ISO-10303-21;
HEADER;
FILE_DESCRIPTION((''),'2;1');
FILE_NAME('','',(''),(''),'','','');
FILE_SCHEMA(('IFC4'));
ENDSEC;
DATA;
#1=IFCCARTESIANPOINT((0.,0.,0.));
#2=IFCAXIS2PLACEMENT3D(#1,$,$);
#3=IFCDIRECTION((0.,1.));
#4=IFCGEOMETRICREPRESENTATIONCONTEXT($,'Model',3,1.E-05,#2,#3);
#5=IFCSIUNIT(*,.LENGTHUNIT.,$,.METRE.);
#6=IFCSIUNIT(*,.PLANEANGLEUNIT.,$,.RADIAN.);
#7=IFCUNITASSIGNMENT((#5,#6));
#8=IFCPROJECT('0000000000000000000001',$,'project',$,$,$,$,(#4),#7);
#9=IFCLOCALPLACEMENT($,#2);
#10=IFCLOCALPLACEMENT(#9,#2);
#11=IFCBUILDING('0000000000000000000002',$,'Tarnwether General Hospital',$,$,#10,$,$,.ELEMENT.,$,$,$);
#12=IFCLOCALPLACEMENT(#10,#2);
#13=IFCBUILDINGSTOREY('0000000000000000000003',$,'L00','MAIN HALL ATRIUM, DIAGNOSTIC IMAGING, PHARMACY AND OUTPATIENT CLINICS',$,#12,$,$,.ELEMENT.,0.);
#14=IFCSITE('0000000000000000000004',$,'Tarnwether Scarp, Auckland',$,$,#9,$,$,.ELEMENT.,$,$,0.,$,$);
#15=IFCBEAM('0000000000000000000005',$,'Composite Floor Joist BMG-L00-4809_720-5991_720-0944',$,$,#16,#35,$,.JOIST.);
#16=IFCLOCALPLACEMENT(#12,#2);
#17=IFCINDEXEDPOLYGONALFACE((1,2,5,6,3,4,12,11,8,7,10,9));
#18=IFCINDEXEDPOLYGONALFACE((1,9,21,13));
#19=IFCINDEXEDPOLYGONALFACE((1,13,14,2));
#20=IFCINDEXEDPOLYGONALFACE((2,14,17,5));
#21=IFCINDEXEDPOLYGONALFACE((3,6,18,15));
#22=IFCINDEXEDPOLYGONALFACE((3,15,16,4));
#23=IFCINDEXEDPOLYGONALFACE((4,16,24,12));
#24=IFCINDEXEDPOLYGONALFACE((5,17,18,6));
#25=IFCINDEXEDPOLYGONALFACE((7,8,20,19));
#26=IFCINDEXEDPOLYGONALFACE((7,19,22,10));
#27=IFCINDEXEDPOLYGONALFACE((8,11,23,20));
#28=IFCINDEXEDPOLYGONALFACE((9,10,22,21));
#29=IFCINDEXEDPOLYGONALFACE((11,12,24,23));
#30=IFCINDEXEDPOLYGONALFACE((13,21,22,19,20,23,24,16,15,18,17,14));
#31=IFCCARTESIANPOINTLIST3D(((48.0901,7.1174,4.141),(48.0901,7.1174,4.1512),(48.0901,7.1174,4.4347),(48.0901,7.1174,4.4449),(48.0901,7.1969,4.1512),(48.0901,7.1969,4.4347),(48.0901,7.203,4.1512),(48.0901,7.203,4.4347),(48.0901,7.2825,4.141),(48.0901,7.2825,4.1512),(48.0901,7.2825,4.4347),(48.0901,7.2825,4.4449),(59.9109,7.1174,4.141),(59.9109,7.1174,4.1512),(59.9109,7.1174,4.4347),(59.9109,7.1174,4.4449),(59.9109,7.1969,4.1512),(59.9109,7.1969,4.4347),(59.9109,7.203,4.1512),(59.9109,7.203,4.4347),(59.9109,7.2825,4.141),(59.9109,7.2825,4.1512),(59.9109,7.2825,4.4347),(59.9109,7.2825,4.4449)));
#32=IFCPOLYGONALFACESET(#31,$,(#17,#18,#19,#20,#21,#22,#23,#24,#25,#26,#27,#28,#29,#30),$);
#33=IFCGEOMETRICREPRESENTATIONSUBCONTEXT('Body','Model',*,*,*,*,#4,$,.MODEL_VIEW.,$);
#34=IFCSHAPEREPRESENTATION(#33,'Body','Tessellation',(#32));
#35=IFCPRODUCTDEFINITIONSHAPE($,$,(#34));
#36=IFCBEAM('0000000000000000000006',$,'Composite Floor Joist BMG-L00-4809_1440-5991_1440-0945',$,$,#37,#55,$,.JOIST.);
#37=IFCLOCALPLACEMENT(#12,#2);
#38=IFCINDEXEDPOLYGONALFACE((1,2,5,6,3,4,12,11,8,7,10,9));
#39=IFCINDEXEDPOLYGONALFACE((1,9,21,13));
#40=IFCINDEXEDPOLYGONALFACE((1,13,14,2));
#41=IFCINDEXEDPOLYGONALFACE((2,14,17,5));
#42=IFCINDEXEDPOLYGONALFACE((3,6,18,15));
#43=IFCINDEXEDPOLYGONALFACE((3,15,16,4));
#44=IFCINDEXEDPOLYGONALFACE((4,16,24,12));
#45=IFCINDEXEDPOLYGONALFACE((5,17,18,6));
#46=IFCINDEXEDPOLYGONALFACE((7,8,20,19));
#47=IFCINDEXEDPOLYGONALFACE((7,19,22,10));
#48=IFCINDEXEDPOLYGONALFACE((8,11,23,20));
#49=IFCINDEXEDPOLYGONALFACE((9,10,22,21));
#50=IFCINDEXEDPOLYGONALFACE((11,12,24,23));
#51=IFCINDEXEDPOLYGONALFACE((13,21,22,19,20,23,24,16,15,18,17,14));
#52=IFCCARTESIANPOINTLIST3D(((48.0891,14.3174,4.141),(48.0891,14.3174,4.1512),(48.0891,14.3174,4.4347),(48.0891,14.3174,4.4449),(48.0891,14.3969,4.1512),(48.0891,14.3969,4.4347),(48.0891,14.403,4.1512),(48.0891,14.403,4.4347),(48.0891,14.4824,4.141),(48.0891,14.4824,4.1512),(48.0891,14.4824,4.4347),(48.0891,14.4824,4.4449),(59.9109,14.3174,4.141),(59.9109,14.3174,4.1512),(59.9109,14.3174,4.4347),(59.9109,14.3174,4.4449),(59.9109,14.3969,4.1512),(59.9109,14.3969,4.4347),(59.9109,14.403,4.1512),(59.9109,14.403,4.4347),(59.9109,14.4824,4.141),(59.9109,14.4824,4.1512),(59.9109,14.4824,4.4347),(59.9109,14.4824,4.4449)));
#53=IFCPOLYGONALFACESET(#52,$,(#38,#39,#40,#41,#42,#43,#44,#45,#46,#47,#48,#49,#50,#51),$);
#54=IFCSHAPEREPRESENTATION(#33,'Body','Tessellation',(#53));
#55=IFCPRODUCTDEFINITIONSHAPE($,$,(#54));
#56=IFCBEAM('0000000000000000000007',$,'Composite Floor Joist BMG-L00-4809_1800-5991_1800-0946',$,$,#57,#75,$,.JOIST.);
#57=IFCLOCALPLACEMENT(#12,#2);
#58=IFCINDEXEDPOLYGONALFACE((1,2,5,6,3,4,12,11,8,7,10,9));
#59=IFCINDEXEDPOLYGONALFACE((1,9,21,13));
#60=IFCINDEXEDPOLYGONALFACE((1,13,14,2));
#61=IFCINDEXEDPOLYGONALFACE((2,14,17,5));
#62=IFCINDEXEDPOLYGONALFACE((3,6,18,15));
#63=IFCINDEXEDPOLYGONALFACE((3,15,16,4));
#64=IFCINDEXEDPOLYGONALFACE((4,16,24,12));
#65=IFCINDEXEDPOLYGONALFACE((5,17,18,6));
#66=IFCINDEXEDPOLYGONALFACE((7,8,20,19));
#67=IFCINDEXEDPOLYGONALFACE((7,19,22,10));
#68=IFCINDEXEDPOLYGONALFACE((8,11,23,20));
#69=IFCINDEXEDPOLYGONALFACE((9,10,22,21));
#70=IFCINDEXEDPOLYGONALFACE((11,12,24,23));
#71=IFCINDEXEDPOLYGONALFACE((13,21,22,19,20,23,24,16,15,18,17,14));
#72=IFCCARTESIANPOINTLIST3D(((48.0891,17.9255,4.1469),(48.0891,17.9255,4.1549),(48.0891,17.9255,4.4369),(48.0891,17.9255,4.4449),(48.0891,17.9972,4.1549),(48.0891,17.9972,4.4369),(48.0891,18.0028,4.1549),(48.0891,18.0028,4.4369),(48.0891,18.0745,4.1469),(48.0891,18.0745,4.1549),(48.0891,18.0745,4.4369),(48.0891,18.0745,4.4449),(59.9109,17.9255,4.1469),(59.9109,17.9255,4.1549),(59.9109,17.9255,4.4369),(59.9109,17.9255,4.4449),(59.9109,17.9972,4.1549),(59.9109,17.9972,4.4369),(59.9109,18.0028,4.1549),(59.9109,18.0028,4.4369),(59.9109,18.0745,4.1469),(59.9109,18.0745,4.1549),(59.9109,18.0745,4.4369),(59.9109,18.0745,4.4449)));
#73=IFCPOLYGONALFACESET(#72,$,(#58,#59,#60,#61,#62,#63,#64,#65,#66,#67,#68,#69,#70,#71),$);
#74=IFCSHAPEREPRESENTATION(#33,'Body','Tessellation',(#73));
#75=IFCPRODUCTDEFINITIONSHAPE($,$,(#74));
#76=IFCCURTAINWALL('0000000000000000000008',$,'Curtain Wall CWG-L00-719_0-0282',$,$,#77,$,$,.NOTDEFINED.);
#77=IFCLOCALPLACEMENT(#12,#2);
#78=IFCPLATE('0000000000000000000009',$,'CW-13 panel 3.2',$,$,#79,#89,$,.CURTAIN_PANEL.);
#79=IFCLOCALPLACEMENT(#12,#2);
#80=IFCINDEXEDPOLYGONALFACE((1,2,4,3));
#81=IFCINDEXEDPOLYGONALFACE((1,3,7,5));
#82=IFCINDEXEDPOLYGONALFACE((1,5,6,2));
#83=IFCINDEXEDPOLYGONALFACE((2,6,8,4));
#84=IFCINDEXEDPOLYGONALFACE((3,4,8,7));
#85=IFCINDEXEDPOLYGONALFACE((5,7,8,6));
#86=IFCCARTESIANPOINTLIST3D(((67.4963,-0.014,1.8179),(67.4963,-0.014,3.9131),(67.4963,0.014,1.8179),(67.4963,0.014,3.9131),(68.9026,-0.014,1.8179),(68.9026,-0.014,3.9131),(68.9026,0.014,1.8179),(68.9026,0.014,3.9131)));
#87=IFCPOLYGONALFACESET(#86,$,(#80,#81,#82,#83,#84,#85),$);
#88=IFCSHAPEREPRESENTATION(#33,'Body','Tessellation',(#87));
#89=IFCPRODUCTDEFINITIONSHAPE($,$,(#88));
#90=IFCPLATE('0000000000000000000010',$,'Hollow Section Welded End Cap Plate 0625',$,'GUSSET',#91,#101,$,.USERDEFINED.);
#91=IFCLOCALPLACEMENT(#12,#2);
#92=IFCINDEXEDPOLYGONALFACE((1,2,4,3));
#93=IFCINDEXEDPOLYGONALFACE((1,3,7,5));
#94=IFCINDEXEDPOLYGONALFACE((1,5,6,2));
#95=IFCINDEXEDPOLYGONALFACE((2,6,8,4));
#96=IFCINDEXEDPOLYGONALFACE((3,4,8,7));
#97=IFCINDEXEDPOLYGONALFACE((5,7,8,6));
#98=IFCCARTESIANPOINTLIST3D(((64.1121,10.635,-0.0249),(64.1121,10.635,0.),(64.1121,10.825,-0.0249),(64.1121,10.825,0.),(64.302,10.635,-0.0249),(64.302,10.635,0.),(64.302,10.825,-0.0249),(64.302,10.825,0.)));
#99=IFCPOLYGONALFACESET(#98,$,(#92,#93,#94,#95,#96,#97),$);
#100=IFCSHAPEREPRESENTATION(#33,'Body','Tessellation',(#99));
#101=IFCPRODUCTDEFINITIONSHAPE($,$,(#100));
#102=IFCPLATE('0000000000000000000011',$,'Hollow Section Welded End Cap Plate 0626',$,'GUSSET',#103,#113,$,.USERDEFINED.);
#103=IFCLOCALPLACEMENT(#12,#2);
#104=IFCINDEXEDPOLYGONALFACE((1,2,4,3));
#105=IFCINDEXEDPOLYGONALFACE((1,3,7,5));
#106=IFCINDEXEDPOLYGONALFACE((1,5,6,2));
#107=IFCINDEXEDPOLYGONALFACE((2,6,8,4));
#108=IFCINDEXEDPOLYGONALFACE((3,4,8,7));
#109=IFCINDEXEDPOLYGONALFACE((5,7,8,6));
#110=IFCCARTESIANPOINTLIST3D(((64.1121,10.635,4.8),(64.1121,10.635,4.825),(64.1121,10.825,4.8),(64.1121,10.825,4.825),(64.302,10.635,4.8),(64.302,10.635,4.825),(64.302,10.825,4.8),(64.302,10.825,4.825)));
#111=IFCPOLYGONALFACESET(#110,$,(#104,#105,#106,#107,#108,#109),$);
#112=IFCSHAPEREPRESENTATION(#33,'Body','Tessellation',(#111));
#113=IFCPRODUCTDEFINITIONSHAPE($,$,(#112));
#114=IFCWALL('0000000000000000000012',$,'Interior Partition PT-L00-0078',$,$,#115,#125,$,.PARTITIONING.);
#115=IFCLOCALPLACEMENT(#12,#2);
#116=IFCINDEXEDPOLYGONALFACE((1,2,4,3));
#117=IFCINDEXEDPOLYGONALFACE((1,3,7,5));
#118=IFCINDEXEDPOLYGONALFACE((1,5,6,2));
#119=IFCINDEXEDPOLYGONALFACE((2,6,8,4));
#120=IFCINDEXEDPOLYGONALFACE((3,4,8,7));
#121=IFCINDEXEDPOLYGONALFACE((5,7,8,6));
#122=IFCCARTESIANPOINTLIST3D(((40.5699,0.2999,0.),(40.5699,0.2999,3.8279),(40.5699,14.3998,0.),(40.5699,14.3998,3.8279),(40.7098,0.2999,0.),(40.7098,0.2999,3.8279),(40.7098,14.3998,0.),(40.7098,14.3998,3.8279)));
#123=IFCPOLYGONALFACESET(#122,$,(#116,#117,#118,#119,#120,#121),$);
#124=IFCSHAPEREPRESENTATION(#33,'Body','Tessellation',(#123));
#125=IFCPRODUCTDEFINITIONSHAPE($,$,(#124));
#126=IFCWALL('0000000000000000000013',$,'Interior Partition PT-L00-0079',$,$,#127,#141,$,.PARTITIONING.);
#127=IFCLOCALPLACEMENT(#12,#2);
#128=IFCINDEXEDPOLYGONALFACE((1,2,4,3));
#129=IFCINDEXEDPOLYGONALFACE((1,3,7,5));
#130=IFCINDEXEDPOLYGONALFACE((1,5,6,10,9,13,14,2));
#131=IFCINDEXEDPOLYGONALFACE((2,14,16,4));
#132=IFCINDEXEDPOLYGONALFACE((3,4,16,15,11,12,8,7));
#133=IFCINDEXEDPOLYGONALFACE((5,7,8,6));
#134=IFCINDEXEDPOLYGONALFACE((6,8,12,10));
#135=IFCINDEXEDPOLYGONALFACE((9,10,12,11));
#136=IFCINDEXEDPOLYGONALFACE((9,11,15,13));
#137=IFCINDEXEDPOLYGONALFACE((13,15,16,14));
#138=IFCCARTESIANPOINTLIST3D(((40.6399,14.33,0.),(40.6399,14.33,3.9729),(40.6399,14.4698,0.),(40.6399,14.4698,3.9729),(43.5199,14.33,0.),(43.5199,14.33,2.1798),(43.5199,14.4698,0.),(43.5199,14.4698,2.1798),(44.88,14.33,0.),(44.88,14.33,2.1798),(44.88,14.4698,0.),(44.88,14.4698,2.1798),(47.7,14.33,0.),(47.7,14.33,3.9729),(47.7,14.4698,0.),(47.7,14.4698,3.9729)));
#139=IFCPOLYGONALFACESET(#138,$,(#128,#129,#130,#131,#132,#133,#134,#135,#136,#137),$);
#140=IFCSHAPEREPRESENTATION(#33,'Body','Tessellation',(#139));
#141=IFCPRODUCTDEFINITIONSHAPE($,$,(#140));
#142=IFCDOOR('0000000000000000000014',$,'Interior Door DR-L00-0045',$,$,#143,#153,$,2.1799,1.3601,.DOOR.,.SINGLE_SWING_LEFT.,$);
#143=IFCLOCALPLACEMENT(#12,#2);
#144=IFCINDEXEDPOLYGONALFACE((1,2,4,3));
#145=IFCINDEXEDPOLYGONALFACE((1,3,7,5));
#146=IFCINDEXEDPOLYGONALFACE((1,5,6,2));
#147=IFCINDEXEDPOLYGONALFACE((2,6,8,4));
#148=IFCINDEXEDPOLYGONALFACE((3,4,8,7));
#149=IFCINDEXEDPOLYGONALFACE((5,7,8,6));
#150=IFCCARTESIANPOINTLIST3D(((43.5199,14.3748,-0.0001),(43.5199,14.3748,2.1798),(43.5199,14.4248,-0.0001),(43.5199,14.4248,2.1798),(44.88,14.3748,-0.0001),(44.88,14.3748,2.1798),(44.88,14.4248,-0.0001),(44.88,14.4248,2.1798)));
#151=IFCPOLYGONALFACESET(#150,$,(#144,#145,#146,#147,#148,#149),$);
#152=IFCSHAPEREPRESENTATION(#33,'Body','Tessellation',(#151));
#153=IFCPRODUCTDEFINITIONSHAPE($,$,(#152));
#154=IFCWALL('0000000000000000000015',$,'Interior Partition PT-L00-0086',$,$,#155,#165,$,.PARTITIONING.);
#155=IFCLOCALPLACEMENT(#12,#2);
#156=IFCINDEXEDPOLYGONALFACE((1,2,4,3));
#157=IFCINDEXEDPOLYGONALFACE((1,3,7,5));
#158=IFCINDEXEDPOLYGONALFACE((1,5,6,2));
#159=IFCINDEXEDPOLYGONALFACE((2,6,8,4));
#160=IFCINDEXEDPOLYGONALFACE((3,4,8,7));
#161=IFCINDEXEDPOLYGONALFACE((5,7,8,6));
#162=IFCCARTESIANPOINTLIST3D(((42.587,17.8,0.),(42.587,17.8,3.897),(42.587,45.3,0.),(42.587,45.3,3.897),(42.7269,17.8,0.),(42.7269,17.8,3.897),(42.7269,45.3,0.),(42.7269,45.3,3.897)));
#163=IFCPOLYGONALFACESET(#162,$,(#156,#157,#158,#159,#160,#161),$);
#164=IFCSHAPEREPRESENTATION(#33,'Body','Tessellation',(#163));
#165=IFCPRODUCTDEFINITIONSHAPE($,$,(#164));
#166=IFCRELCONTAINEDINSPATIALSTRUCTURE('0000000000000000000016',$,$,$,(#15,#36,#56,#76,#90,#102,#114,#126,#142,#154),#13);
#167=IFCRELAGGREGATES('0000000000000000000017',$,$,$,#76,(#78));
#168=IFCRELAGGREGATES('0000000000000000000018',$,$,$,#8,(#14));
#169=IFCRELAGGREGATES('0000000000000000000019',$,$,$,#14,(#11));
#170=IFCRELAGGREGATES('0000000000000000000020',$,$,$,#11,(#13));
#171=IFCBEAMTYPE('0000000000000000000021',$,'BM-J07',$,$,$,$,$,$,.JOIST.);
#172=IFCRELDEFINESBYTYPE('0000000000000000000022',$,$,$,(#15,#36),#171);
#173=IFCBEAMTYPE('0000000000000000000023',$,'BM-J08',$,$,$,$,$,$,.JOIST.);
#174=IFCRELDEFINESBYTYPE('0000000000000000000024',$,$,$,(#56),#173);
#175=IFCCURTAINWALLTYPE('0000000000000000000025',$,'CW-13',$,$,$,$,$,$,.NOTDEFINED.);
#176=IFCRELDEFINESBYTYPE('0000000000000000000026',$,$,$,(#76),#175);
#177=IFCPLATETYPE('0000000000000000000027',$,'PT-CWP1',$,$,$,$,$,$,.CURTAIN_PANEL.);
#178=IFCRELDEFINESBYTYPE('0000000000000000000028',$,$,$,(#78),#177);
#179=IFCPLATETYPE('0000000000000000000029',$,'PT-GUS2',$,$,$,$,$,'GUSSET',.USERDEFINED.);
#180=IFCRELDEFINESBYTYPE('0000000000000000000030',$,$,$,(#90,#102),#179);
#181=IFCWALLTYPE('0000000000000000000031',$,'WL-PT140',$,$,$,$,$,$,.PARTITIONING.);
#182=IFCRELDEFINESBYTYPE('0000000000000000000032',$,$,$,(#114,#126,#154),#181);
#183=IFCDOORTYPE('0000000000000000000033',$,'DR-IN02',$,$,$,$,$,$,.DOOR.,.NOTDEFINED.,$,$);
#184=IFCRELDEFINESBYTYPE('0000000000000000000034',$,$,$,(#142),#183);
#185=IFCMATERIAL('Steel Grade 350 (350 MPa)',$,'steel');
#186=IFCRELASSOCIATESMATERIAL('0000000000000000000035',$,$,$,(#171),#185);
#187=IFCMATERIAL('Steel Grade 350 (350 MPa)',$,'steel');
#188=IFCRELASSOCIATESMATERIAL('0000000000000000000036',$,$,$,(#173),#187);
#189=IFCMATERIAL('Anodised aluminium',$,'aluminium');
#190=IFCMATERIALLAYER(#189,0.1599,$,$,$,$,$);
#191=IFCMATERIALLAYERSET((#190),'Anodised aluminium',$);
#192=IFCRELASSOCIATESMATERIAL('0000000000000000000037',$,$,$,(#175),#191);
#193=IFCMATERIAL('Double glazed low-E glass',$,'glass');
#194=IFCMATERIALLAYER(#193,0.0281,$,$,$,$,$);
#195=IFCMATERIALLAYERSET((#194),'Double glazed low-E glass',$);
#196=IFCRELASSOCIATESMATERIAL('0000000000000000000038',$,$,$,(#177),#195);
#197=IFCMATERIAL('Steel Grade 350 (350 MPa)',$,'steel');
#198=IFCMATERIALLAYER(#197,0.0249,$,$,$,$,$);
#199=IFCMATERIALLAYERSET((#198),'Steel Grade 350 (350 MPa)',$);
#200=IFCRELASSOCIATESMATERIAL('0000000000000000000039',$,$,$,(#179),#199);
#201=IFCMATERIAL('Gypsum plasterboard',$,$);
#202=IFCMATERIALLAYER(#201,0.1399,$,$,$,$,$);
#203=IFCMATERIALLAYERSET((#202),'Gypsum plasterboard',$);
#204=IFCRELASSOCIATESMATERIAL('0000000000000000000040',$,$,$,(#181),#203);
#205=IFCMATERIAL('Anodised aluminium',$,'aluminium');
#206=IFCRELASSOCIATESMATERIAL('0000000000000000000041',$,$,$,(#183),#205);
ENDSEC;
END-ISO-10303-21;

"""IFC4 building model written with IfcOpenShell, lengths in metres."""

from ifc_helpers import new_model, si_unit, direction, frame, frame_2d, origin, origin_2d, place, context, subcontext, project, spatial, rectangle, i_section, extrude, material, layer, layer_set, material_profile, profile_set, type_object, element, fill, aggregate, save


model = new_model("IFC4")

# Units and contexts
model_context = context("Model", 3, precision=1e-05, world=origin(), true_north=direction((0.0, 1.0)))
body_context = subcontext(model_context, "Body", "Model", "MODEL_VIEW")
ifc_project = project(units=[si_unit("LENGTHUNIT", "METRE"), si_unit("PLANEANGLEUNIT", "RADIAN")], contexts=[model_context])

# Site, building, storey
site_placement = place(None, origin())
site = spatial("IfcSite", under=ifc_project, at=site_placement, Name="Tarnwether Scarp, Auckland", CompositionType="ELEMENT", RefElevation=0.0)
building_placement = place(site_placement, origin())
building = spatial("IfcBuilding", under=site, at=building_placement, Name="Tarnwether General Hospital", CompositionType="ELEMENT")
storey_placement = place(building_placement, origin())
storey = spatial("IfcBuildingStorey", under=building, at=storey_placement, Name="L00", Description="MAIN HALL ATRIUM, DIAGNOSTIC IMAGING, PHARMACY AND OUTPATIENT CLINICS", CompositionType="ELEMENT", Elevation=0.0)

# Beams
ifc_material_1 = material(Name="Steel Grade 350 (350 MPa)", Category="steel")
ifc_material_profile_1 = material_profile(ifc_material_1, i_section(OverallWidth=0.165, OverallDepth=0.304, WebThickness=0.0061, FlangeThickness=0.0103, at=origin_2d()), Name="310UB40.4")
ifc_profile_set_1 = profile_set([ifc_material_profile_1], Name="Steel Grade 350 (350 MPa)")
beam_type_1 = type_object("IfcBeamType", Name="BM-J07", PredefinedType="JOIST", material=ifc_profile_set_1)
beam_1_placement = place(storey_placement, frame((48.0901, 7.2, 4.293), z_axis=(1.0, 0.0, 0.0), x_axis=(0.0, 1.0, 0.0)))
element("IfcBeam", 1, at=beam_1_placement, inside=storey, type_object=beam_type_1, Name="Composite Floor Joist BMG-L00-4809_720-5991_720-0944", PredefinedType="JOIST", context=body_context, shape_type="SweptSolid", body=[
    extrude(i_section(OverallWidth=0.165, OverallDepth=0.304, WebThickness=0.0061, FlangeThickness=0.0103, at=origin_2d()), origin(), (0.0, 0.0, 1.0), 11.8208),
])
beam_2_placement = place(storey_placement, frame((48.0891, 14.3999, 4.293), z_axis=(1.0, 0.0, 0.0), x_axis=(0.0, 1.0, 0.0)))
element("IfcBeam", 2, at=beam_2_placement, inside=storey, type_object=beam_type_1, Name="Composite Floor Joist BMG-L00-4809_1440-5991_1440-0945", PredefinedType="JOIST", context=body_context, shape_type="SweptSolid", body=[
    extrude(i_section(OverallWidth=0.165, OverallDepth=0.304, WebThickness=0.0061, FlangeThickness=0.0103, at=origin_2d()), origin(), (0.0, 0.0, 1.0), 11.8218),
])
ifc_material_2 = material(Name="Steel Grade 350 (350 MPa)", Category="steel")
ifc_material_profile_2 = material_profile(ifc_material_2, i_section(OverallWidth=0.1489, OverallDepth=0.2981, WebThickness=0.0056, FlangeThickness=0.0081, at=origin_2d()), Name="310UB32.0")
ifc_profile_set_2 = profile_set([ifc_material_profile_2], Name="Steel Grade 350 (350 MPa)")
beam_type_2 = type_object("IfcBeamType", Name="BM-J08", PredefinedType="JOIST", material=ifc_profile_set_2)
beam_3_placement = place(storey_placement, frame((48.0891, 18.0, 4.2959), z_axis=(1.0, 0.0, 0.0), x_axis=(0.0, 1.0, 0.0)))
element("IfcBeam", 3, at=beam_3_placement, inside=storey, type_object=beam_type_2, Name="Composite Floor Joist BMG-L00-4809_1800-5991_1800-0946", PredefinedType="JOIST", context=body_context, shape_type="SweptSolid", body=[
    extrude(i_section(OverallWidth=0.1489, OverallDepth=0.2981, WebThickness=0.0056, FlangeThickness=0.0081, at=origin_2d()), origin(), (0.0, 0.0, 1.0), 11.8218),
])

# Curtain wall, plate
ifc_material_3 = material(Name="Anodised aluminium", Category="aluminium")
ifc_layer_1 = layer(ifc_material_3, 0.1599)
ifc_layer_set_1 = layer_set([ifc_layer_1], Name="Anodised aluminium")
curtain_wall_type = type_object("IfcCurtainWallType", Name="CW-13", PredefinedType="NOTDEFINED", material=ifc_layer_set_1)
curtain_wall_placement = place(storey_placement, origin())
curtain_wall = element("IfcCurtainWall", 4, at=curtain_wall_placement, inside=storey, type_object=curtain_wall_type, Name="Curtain Wall CWG-L00-719_0-0282", PredefinedType="NOTDEFINED")
ifc_material_4 = material(Name="Double glazed low-E glass", Category="glass")
ifc_layer_2 = layer(ifc_material_4, 0.0281)
ifc_layer_set_2 = layer_set([ifc_layer_2], Name="Double glazed low-E glass")
plate_type_1 = type_object("IfcPlateType", Name="PT-CWP1", PredefinedType="CURTAIN_PANEL", material=ifc_layer_set_2)
plate_placement = place(storey_placement, frame((68.1995, 0.0, 1.8179), z_axis=(0.0, 0.0, 1.0), x_axis=(-1.0, 0.0, 0.0)))
plate = element("IfcPlate", 5, at=plate_placement, type_object=plate_type_1, Name="CW-13 panel 3.2", PredefinedType="CURTAIN_PANEL", context=body_context, shape_type="SweptSolid", body=[
    extrude(rectangle(XDim=1.4062, YDim=0.0281, at=origin_2d()), origin(), (0.0, 0.0, 1.0), 2.0952),
])
aggregate(curtain_wall, [plate])

# Plates
ifc_material_5 = material(Name="Steel Grade 350 (350 MPa)", Category="steel")
ifc_layer_3 = layer(ifc_material_5, 0.0249)
ifc_layer_set_3 = layer_set([ifc_layer_3], Name="Steel Grade 350 (350 MPa)")
plate_type_2 = type_object("IfcPlateType", Name="PT-GUS2", ElementType="GUSSET", PredefinedType="USERDEFINED", material=ifc_layer_set_3)
for number, where, z_axis, x_axis, name in (
    (6, (64.207, 10.73, -0.0249), (0.0, 0.0, 1.0), (1.0, 0.0, 0.0), "Hollow Section Welded End Cap Plate 0625"),
    (7, (64.207, 10.73, 4.8), (0.0, 0.0, 1.0), (1.0, 0.0, 0.0), "Hollow Section Welded End Cap Plate 0626"),
):
    element("IfcPlate", number, at=place(storey_placement, frame(where, z_axis=z_axis, x_axis=x_axis)), inside=storey, type_object=plate_type_2, Name=name, ObjectType="GUSSET", PredefinedType="USERDEFINED", context=body_context, shape_type="SweptSolid", body=[
        extrude(rectangle(XDim=0.1899, YDim=0.1899, at=origin_2d()), origin(), (0.0, 0.0, 1.0), 0.0249),
    ])

# Wall
ifc_material_6 = material(Name="Gypsum plasterboard")
ifc_layer_4 = layer(ifc_material_6, 0.1399)
ifc_layer_set_4 = layer_set([ifc_layer_4], Name="Gypsum plasterboard")
wall_type_1 = type_object("IfcWallType", Name="WL-PT140", PredefinedType="PARTITIONING", material=ifc_layer_set_4)
wall_1_placement = place(storey_placement, frame((40.6399, 0.3, 0.0), z_axis=(0.0, 0.0, 1.0), x_axis=(0.0, 1.0, 0.0)))
element("IfcWall", 8, at=wall_1_placement, inside=storey, type_object=wall_type_1, Name="Interior Partition PT-L00-0078", PredefinedType="PARTITIONING", context=body_context, shape_type="SweptSolid", body=[
    extrude(rectangle(XDim=14.0999, YDim=0.1399, at=frame_2d((7.0498, 0.0))), origin(), (0.0, 0.0, 1.0), 3.8279),
])

# Wall, opening, door
wall_2_placement = place(storey_placement, frame((40.6399, 14.3999, 0.0), z_axis=(0.0, 0.0, 1.0), x_axis=(1.0, 0.0, 0.0)))
wall_2 = element("IfcWall", 9, at=wall_2_placement, inside=storey, type_object=wall_type_1, Name="Interior Partition PT-L00-0079", PredefinedType="PARTITIONING", context=body_context, shape_type="SweptSolid", body=[
    extrude(rectangle(XDim=7.0601, YDim=0.1399, at=frame_2d((3.53, 0.0))), origin(), (0.0, 0.0, 1.0), 3.9729),
])
opening_1_placement = place(wall_2_placement, frame((2.8799, 0.0, 0.0)))
opening_1 = element("IfcOpeningElement", 10, at=opening_1_placement, cuts=wall_2, PredefinedType="OPENING", context=body_context, shape_type="SweptSolid", body=[
    extrude(rectangle(XDim=1.3601, YDim=2.1799, at=frame_2d((0.6802, 1.0898))), frame((0.0, 0.0801, 0.0), z_axis=(0.0, -1.0, 0.0), x_axis=(1.0, 0.0, 0.0)), (0.0, 0.0, 1.0), 0.1599),
])
ifc_material_7 = material(Name="Anodised aluminium", Category="aluminium")
door_type_1 = type_object("IfcDoorType", Name="DR-IN02", OperationType="NOTDEFINED", PredefinedType="DOOR", material=ifc_material_7)
door_1_placement = place(opening_1_placement, origin())
door_1 = element("IfcDoor", 11, at=door_1_placement, inside=storey, type_object=door_type_1, Name="Interior Door DR-L00-0045", OperationType="SINGLE_SWING_LEFT", OverallHeight=2.1799, OverallWidth=1.3601, PredefinedType="DOOR", context=body_context, shape_type="SweptSolid", body=[
    extrude(rectangle(XDim=1.3601, YDim=2.1799, at=frame_2d((0.6802, 1.0898))), frame((0.0, 0.0249, 0.0), z_axis=(0.0, -1.0, 0.0), x_axis=(1.0, 0.0, 0.0)), (0.0, 0.0, 1.0), 0.05),
])
fill(opening_1, door_1)

# Wall
wall_3_placement = place(storey_placement, frame((42.657, 17.8, 0.0), z_axis=(0.0, 0.0, 1.0), x_axis=(0.0, 1.0, 0.0)))
element("IfcWall", 12, at=wall_3_placement, inside=storey, type_object=wall_type_1, Name="Interior Partition PT-L00-0086", PredefinedType="PARTITIONING", context=body_context, shape_type="SweptSolid", body=[
    extrude(rectangle(XDim=27.5, YDim=0.1399, at=frame_2d((13.75, 0.0))), origin(), (0.0, 0.0, 1.0), 3.897),
])

save(model, "model.ifc")
